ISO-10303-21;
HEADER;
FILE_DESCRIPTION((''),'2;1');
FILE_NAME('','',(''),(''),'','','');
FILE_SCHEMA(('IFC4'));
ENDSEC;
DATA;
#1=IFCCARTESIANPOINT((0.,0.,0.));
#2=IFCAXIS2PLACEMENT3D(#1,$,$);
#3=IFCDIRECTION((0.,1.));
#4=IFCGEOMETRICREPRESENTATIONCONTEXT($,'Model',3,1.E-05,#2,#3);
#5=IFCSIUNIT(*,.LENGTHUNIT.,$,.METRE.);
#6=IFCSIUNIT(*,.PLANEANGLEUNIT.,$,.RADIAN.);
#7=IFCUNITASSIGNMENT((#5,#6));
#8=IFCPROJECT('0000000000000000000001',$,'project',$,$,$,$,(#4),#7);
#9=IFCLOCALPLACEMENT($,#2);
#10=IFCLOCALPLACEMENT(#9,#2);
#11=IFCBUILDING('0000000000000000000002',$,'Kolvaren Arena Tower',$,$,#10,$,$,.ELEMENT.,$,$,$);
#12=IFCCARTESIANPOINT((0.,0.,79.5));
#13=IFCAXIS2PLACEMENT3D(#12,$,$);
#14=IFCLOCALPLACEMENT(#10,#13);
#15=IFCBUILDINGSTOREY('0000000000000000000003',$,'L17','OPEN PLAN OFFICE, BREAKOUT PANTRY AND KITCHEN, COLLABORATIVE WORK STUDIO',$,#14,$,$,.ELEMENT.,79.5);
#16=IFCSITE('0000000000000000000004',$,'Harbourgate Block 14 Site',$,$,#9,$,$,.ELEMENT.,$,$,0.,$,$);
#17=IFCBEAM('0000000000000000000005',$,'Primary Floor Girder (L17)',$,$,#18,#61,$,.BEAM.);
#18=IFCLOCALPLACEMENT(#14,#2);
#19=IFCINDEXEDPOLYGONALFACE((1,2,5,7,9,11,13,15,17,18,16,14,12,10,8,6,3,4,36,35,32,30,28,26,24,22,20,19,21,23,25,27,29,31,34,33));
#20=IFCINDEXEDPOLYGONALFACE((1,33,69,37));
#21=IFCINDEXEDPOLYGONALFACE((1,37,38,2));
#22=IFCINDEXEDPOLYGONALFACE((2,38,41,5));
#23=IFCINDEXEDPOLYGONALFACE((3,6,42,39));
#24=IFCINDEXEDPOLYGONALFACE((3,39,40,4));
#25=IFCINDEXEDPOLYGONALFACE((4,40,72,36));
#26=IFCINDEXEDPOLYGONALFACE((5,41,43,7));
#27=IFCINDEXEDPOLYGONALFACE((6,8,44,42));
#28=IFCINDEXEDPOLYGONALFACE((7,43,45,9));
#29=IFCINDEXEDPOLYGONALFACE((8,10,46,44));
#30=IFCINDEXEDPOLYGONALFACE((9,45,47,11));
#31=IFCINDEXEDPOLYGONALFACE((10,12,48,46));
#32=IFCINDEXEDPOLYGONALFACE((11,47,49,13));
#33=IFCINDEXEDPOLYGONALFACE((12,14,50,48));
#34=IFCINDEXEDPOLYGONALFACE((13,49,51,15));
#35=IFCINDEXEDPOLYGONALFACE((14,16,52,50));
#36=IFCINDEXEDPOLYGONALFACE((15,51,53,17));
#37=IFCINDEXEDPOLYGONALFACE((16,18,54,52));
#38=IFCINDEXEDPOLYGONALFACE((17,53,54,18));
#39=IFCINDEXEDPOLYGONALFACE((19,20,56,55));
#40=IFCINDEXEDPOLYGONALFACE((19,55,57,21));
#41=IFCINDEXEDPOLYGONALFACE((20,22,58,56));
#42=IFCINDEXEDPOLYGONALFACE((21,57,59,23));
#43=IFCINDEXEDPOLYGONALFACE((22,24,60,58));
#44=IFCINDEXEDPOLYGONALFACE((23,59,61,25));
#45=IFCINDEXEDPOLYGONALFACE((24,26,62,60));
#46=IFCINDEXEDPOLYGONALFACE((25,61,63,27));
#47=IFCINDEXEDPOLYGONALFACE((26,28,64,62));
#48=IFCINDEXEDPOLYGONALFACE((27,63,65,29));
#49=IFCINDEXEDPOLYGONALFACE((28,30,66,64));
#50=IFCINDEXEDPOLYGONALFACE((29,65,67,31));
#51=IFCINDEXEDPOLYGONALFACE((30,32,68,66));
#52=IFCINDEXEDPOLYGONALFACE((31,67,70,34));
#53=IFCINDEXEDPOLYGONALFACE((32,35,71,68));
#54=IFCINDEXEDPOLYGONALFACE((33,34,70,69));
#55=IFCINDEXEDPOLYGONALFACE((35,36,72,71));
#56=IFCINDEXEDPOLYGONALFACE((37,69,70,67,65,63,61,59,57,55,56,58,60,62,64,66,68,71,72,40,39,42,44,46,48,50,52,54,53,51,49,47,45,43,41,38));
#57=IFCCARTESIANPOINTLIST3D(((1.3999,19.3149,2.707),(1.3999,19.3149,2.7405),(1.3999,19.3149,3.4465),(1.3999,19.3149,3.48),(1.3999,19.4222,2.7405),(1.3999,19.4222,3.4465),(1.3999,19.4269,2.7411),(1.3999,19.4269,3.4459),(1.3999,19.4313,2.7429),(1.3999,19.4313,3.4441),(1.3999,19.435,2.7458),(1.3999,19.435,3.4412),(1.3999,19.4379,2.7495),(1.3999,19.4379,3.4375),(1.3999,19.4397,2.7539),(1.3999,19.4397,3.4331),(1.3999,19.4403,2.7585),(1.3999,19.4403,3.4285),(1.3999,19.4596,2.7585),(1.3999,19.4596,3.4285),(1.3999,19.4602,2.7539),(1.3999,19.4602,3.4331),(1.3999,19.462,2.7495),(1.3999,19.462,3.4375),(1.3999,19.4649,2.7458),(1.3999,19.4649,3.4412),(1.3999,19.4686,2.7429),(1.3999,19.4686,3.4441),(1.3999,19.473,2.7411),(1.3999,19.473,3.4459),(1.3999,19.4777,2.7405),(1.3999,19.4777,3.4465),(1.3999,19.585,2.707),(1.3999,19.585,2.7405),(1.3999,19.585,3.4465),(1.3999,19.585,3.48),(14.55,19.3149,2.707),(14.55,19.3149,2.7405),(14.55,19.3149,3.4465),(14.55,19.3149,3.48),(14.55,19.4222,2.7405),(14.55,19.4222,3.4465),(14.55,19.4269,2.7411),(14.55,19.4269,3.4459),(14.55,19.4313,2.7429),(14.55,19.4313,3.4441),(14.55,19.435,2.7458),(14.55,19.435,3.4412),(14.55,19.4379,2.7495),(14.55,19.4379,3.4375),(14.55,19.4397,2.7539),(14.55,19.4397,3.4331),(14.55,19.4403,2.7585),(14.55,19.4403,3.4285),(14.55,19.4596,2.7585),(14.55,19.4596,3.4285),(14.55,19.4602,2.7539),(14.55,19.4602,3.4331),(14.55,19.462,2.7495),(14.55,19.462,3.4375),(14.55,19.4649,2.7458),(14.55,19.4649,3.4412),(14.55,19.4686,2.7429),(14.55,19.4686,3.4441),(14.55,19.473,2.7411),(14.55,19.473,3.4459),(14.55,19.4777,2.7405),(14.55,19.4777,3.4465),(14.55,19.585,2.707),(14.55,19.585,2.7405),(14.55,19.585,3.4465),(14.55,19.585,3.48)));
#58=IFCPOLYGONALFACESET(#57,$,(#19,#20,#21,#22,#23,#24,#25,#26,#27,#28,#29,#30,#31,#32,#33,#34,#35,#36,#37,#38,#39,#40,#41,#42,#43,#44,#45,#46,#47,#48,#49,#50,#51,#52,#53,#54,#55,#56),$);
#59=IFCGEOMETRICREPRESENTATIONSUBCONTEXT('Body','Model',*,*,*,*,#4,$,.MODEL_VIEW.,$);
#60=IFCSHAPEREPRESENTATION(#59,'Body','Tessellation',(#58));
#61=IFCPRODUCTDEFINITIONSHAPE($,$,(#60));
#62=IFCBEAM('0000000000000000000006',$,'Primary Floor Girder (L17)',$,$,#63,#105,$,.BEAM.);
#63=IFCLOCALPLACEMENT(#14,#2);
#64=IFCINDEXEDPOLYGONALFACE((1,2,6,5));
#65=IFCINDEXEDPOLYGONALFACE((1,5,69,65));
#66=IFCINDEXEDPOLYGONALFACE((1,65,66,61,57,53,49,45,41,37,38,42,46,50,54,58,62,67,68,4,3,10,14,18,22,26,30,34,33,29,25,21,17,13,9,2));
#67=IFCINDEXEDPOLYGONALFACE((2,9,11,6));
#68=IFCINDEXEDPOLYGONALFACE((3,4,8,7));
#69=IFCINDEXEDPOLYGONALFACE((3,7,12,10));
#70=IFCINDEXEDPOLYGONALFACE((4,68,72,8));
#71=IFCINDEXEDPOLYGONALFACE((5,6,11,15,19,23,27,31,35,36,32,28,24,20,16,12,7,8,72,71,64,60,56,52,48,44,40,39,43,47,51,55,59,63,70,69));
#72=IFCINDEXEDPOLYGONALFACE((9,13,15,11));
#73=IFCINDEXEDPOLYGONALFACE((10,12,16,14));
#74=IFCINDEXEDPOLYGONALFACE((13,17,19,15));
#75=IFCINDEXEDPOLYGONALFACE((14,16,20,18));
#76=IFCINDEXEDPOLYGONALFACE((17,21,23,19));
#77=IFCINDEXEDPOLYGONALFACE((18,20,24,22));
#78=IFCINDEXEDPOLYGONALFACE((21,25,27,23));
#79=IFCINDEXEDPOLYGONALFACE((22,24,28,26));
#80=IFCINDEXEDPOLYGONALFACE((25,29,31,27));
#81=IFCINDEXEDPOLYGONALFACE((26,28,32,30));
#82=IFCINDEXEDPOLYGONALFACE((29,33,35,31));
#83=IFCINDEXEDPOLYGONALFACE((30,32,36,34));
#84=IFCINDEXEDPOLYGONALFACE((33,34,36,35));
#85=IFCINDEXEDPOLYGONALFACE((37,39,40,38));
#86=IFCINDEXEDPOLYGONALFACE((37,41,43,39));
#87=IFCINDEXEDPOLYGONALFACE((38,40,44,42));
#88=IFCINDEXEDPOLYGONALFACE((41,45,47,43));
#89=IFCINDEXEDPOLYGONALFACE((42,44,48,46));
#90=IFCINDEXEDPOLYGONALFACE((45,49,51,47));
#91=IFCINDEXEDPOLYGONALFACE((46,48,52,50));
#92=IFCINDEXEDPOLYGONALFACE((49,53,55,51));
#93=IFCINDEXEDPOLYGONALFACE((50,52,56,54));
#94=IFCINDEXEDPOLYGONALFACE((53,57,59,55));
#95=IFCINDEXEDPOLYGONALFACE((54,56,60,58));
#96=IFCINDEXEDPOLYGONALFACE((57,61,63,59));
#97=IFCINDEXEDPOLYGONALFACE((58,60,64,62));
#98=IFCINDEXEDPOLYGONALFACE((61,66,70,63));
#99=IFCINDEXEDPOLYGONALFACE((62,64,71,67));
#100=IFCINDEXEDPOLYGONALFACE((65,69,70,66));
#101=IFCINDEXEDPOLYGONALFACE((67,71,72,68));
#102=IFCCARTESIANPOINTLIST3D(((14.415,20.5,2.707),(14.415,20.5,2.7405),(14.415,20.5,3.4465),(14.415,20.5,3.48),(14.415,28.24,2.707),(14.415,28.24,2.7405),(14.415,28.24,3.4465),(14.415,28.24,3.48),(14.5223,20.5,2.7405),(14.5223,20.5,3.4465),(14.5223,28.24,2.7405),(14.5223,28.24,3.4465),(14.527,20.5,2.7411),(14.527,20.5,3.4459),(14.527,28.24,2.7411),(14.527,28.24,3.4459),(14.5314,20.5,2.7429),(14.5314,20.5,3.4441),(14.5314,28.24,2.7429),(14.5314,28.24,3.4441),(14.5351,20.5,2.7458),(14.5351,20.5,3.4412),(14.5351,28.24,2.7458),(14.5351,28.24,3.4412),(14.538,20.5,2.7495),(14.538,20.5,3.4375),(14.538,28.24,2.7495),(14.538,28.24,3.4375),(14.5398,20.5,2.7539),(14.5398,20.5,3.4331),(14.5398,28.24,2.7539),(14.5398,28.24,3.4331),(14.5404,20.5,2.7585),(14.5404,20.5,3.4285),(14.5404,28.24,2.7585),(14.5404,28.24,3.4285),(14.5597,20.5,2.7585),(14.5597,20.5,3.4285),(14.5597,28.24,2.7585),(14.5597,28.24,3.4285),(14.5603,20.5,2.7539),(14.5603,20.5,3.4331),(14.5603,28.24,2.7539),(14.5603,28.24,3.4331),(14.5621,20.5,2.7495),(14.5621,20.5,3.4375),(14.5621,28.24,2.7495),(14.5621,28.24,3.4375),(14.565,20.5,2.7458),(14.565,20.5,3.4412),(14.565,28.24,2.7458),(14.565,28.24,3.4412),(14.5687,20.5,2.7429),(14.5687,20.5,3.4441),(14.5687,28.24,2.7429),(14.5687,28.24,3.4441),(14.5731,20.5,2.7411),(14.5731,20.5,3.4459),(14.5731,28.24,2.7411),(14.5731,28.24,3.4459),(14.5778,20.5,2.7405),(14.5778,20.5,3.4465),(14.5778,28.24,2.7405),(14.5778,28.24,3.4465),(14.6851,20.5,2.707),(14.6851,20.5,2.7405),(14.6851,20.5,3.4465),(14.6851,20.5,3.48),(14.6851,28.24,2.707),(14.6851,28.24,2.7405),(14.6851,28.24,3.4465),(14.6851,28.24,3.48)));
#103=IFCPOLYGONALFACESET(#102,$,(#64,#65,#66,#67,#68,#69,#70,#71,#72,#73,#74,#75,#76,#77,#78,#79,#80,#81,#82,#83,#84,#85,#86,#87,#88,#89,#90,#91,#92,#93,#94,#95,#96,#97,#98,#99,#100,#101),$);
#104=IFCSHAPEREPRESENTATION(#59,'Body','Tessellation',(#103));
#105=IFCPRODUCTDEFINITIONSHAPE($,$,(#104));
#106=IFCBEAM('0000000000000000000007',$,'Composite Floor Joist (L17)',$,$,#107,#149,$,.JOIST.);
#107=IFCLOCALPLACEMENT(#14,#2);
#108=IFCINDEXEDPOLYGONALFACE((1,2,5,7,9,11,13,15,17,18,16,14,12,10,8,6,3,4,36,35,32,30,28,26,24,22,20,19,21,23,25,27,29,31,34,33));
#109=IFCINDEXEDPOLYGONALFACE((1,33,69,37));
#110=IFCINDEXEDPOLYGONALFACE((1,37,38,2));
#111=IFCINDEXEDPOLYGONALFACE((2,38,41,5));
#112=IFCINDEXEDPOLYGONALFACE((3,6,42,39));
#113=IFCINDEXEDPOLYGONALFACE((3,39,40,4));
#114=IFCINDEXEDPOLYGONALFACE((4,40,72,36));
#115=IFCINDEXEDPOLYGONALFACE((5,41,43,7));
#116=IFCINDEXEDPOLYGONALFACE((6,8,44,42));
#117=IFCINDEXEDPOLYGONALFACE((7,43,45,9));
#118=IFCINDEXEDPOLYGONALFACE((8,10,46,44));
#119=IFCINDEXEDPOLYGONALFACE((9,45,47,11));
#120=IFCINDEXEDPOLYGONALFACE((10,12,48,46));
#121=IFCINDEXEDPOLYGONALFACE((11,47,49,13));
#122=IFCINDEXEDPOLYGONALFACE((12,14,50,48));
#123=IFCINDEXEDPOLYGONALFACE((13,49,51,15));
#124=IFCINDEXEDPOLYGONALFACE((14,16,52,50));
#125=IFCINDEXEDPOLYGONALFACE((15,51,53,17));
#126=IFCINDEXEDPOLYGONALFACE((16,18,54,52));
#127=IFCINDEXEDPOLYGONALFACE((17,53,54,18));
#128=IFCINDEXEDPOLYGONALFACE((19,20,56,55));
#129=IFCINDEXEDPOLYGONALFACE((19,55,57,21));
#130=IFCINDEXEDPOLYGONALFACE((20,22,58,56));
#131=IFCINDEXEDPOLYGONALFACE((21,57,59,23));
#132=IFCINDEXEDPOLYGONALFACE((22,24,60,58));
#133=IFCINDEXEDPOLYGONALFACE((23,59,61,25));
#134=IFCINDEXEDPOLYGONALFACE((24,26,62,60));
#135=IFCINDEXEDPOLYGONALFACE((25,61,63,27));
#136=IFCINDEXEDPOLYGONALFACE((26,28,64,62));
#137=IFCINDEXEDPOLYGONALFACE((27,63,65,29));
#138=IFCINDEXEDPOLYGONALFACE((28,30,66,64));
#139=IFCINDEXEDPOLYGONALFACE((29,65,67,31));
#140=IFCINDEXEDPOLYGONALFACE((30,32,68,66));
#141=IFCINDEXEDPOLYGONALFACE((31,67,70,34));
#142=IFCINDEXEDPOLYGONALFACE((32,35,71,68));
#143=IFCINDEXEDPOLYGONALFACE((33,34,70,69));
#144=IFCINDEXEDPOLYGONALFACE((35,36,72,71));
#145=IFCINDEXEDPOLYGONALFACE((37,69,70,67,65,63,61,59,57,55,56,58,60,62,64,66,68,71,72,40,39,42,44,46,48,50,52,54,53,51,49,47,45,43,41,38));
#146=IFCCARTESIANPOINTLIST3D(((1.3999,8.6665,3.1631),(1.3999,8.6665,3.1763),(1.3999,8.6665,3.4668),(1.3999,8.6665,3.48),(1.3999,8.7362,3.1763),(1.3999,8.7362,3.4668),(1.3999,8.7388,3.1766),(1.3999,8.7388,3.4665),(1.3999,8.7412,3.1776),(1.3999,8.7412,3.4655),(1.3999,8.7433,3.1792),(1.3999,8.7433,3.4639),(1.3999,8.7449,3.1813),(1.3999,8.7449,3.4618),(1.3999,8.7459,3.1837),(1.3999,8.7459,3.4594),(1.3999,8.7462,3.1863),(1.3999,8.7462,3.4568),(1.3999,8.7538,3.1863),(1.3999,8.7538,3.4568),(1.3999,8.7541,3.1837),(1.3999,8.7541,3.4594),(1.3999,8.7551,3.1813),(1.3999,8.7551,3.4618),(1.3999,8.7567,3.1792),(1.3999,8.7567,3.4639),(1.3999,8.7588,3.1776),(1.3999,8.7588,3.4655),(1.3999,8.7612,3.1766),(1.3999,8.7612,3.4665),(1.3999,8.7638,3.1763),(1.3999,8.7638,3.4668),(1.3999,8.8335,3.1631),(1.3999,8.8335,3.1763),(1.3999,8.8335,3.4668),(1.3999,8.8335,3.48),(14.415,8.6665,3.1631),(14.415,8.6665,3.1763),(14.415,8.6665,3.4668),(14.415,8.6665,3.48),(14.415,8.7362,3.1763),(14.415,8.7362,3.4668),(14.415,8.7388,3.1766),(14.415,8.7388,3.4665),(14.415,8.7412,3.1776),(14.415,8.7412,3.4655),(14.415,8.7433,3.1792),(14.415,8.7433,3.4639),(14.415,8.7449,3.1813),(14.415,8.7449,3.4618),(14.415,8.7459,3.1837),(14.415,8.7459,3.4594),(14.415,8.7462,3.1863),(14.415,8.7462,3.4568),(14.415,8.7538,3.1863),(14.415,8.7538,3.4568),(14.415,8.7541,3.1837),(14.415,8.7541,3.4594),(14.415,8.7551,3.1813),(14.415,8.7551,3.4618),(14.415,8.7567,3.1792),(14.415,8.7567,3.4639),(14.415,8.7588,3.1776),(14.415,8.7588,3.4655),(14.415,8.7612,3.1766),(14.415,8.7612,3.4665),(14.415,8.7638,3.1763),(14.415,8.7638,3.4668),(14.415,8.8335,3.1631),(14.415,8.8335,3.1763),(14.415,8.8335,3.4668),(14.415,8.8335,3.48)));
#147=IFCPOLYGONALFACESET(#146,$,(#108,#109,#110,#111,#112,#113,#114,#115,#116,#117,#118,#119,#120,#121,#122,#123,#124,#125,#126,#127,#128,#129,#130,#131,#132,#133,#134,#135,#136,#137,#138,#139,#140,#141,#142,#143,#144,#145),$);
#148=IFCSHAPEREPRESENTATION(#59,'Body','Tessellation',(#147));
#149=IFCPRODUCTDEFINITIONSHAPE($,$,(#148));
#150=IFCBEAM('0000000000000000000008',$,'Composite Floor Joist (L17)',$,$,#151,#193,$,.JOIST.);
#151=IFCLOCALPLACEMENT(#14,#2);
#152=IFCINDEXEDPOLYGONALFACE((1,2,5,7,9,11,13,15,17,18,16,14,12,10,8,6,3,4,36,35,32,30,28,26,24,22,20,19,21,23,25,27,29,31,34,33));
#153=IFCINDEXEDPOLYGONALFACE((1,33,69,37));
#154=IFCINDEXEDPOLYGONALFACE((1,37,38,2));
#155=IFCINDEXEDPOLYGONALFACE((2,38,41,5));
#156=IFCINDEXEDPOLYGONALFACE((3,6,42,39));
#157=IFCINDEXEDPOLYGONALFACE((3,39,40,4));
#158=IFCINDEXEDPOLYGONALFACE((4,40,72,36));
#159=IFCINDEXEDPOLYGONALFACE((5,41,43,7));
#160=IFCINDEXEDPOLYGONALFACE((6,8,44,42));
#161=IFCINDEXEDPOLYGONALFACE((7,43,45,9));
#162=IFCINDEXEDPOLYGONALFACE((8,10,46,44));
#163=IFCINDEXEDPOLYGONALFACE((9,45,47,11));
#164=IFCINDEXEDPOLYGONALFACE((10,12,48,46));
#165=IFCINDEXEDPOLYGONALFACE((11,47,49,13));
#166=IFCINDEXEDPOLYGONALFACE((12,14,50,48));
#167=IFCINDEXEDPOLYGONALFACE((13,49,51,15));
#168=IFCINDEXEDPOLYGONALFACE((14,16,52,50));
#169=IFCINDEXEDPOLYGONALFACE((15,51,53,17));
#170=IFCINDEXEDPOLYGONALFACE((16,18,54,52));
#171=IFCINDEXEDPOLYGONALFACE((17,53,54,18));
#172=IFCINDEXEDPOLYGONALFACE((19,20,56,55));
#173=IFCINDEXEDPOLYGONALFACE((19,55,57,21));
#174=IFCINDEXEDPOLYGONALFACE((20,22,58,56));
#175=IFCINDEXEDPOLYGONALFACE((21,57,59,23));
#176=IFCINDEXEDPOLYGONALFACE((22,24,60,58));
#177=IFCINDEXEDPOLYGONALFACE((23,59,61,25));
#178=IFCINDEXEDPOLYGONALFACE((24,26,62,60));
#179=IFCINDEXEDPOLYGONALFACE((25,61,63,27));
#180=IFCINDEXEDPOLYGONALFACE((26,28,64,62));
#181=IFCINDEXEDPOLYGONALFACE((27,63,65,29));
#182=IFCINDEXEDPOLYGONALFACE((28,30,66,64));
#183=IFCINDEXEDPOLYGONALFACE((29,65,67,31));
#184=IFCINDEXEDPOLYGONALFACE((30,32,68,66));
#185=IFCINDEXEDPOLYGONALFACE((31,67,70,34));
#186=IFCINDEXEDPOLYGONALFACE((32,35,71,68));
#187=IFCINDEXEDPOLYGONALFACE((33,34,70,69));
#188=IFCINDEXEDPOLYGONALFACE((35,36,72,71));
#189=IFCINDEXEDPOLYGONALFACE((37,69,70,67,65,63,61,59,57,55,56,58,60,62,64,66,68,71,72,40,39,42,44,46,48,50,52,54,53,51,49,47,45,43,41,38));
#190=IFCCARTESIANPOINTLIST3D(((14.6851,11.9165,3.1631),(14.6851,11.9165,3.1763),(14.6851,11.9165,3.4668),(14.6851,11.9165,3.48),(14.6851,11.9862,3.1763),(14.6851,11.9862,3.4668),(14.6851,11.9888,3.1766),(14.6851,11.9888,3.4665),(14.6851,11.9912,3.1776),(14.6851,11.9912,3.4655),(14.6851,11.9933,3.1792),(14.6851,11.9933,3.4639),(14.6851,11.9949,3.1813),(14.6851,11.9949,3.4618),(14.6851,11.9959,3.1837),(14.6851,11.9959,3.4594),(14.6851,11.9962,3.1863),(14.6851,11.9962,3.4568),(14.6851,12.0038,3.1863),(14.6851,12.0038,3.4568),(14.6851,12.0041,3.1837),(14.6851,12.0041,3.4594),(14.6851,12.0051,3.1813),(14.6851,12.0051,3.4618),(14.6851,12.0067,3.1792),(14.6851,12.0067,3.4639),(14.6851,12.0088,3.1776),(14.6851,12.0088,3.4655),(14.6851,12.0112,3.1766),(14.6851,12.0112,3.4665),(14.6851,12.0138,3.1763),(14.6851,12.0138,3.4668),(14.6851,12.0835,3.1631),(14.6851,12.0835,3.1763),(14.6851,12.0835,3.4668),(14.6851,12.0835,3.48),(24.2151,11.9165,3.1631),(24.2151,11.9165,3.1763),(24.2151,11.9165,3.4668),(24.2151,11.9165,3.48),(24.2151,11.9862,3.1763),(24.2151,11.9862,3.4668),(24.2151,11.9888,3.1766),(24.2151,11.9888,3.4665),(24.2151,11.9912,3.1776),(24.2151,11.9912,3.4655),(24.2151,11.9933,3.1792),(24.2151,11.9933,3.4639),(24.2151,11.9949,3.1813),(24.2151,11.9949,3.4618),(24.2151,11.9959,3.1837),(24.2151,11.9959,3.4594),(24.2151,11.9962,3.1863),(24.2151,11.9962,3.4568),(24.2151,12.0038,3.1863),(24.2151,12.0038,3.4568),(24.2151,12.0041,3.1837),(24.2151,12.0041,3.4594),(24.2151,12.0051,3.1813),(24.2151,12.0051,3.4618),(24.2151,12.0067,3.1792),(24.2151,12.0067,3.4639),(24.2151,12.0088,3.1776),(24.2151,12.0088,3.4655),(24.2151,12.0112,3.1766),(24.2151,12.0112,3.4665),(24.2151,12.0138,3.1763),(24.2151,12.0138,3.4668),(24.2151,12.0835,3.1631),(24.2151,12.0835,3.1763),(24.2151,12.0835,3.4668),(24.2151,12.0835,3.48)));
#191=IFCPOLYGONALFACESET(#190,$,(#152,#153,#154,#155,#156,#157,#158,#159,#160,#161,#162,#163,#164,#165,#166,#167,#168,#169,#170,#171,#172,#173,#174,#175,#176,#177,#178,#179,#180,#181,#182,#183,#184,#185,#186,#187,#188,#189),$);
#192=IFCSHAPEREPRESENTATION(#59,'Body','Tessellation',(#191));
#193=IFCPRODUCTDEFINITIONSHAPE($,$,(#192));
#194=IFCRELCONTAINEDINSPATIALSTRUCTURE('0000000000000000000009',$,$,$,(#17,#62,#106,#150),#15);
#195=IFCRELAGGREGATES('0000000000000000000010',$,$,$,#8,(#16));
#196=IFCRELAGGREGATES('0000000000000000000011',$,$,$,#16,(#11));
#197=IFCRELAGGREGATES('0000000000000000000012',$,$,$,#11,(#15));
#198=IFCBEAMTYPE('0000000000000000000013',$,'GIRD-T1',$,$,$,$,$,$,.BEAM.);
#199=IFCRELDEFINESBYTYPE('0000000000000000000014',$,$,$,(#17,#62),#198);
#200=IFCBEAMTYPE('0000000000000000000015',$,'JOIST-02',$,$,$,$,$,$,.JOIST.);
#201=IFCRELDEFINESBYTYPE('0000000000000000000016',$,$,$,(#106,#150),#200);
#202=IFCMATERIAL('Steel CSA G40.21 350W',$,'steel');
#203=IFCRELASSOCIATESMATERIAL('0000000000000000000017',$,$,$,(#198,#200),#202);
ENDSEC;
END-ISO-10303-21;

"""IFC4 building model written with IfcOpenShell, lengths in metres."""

from ifc_helpers import new_model, si_unit, direction, frame, origin, origin_2d, place, context, subcontext, project, spatial, i_section, extrude, material, material_profile, profile_set, type_object, element, save


model = new_model("IFC4")

# Units and contexts
model_context = context("Model", 3, precision=1e-05, world=origin(), true_north=direction((0.0, 1.0)))
body_context = subcontext(model_context, "Body", "Model", "MODEL_VIEW")
ifc_project = project(units=[si_unit("LENGTHUNIT", "METRE"), si_unit("PLANEANGLEUNIT", "RADIAN")], contexts=[model_context])

# Site, building, storey
site_placement = place(None, origin())
site = spatial("IfcSite", under=ifc_project, at=site_placement, Name="Harbourgate Block 14 Site", CompositionType="ELEMENT", RefElevation=0.0)
building_placement = place(site_placement, origin())
building = spatial("IfcBuilding", under=site, at=building_placement, Name="Kolvaren Arena Tower", CompositionType="ELEMENT")
storey_placement = place(building_placement, frame((0.0, 0.0, 79.5)))
storey = spatial("IfcBuildingStorey", under=building, at=storey_placement, Name="L17", Description="OPEN PLAN OFFICE, BREAKOUT PANTRY AND KITCHEN, COLLABORATIVE WORK STUDIO", CompositionType="ELEMENT", Elevation=79.5)

# Beams
ifc_material_1 = material(Name="Steel CSA G40.21 350W", Category="steel")
ifc_material_profile_1 = material_profile(ifc_material_1, i_section(OverallWidth=0.27, OverallDepth=0.7729, WebThickness=0.0193, FlangeThickness=0.0334, FilletRadius=0.0181, at=origin_2d()), Name="W760x257")
ifc_profile_set_1 = profile_set([ifc_material_profile_1], Name="Steel CSA G40.21 350W")
beam_type_1 = type_object("IfcBeamType", Name="GIRD-T1", PredefinedType="BEAM", material=ifc_profile_set_1)
beam_1_placement = place(storey_placement, frame((1.3999, 19.45, 3.0935), z_axis=(1.0, 0.0, 0.0), x_axis=(0.0, 1.0, 0.0)))
element("IfcBeam", 1, at=beam_1_placement, inside=storey, type_object=beam_type_1, Name="Primary Floor Girder (L17)", PredefinedType="BEAM", context=body_context, shape_type="SweptSolid", body=[
    extrude(i_section(OverallWidth=0.27, OverallDepth=0.7729, WebThickness=0.0193, FlangeThickness=0.0334, FilletRadius=0.0181, at=origin_2d()), origin(), (0.0, 0.0, 1.0), 13.1501),
])
beam_2_placement = place(storey_placement, frame((14.55, 20.5, 3.0935), z_axis=(0.0, 1.0, 0.0), x_axis=(-1.0, 0.0, 0.0)))
element("IfcBeam", 2, at=beam_2_placement, inside=storey, type_object=beam_type_1, Name="Primary Floor Girder (L17)", PredefinedType="BEAM", context=body_context, shape_type="SweptSolid", body=[
    extrude(i_section(OverallWidth=0.27, OverallDepth=0.7729, WebThickness=0.0193, FlangeThickness=0.0334, FilletRadius=0.0181, at=origin_2d()), origin(), (0.0, 0.0, 1.0), 7.74),
])
ifc_material_profile_2 = material_profile(ifc_material_1, i_section(OverallWidth=0.167, OverallDepth=0.3169, WebThickness=0.0076, FlangeThickness=0.0132, FilletRadius=0.01, at=origin_2d()), Name="W310x52")
ifc_profile_set_2 = profile_set([ifc_material_profile_2], Name="Steel CSA G40.21 350W")
beam_type_2 = type_object("IfcBeamType", Name="JOIST-02", PredefinedType="JOIST", material=ifc_profile_set_2)
beam_3_placement = place(storey_placement, frame((1.3999, 8.75, 3.3215), z_axis=(1.0, 0.0, 0.0), x_axis=(0.0, 1.0, 0.0)))
element("IfcBeam", 3, at=beam_3_placement, inside=storey, type_object=beam_type_2, Name="Composite Floor Joist (L17)", PredefinedType="JOIST", context=body_context, shape_type="SweptSolid", body=[
    extrude(i_section(OverallWidth=0.167, OverallDepth=0.3169, WebThickness=0.0076, FlangeThickness=0.0132, FilletRadius=0.01, at=origin_2d()), origin(), (0.0, 0.0, 1.0), 13.0151),
])
beam_4_placement = place(storey_placement, frame((14.6851, 12.0, 3.3215), z_axis=(1.0, 0.0, 0.0), x_axis=(0.0, 1.0, 0.0)))
element("IfcBeam", 4, at=beam_4_placement, inside=storey, type_object=beam_type_2, Name="Composite Floor Joist (L17)", PredefinedType="JOIST", context=body_context, shape_type="SweptSolid", body=[
    extrude(i_section(OverallWidth=0.167, OverallDepth=0.3169, WebThickness=0.0076, FlangeThickness=0.0132, FilletRadius=0.01, at=origin_2d()), origin(), (0.0, 0.0, 1.0), 9.53),
])

save(model, "model.ifc")
